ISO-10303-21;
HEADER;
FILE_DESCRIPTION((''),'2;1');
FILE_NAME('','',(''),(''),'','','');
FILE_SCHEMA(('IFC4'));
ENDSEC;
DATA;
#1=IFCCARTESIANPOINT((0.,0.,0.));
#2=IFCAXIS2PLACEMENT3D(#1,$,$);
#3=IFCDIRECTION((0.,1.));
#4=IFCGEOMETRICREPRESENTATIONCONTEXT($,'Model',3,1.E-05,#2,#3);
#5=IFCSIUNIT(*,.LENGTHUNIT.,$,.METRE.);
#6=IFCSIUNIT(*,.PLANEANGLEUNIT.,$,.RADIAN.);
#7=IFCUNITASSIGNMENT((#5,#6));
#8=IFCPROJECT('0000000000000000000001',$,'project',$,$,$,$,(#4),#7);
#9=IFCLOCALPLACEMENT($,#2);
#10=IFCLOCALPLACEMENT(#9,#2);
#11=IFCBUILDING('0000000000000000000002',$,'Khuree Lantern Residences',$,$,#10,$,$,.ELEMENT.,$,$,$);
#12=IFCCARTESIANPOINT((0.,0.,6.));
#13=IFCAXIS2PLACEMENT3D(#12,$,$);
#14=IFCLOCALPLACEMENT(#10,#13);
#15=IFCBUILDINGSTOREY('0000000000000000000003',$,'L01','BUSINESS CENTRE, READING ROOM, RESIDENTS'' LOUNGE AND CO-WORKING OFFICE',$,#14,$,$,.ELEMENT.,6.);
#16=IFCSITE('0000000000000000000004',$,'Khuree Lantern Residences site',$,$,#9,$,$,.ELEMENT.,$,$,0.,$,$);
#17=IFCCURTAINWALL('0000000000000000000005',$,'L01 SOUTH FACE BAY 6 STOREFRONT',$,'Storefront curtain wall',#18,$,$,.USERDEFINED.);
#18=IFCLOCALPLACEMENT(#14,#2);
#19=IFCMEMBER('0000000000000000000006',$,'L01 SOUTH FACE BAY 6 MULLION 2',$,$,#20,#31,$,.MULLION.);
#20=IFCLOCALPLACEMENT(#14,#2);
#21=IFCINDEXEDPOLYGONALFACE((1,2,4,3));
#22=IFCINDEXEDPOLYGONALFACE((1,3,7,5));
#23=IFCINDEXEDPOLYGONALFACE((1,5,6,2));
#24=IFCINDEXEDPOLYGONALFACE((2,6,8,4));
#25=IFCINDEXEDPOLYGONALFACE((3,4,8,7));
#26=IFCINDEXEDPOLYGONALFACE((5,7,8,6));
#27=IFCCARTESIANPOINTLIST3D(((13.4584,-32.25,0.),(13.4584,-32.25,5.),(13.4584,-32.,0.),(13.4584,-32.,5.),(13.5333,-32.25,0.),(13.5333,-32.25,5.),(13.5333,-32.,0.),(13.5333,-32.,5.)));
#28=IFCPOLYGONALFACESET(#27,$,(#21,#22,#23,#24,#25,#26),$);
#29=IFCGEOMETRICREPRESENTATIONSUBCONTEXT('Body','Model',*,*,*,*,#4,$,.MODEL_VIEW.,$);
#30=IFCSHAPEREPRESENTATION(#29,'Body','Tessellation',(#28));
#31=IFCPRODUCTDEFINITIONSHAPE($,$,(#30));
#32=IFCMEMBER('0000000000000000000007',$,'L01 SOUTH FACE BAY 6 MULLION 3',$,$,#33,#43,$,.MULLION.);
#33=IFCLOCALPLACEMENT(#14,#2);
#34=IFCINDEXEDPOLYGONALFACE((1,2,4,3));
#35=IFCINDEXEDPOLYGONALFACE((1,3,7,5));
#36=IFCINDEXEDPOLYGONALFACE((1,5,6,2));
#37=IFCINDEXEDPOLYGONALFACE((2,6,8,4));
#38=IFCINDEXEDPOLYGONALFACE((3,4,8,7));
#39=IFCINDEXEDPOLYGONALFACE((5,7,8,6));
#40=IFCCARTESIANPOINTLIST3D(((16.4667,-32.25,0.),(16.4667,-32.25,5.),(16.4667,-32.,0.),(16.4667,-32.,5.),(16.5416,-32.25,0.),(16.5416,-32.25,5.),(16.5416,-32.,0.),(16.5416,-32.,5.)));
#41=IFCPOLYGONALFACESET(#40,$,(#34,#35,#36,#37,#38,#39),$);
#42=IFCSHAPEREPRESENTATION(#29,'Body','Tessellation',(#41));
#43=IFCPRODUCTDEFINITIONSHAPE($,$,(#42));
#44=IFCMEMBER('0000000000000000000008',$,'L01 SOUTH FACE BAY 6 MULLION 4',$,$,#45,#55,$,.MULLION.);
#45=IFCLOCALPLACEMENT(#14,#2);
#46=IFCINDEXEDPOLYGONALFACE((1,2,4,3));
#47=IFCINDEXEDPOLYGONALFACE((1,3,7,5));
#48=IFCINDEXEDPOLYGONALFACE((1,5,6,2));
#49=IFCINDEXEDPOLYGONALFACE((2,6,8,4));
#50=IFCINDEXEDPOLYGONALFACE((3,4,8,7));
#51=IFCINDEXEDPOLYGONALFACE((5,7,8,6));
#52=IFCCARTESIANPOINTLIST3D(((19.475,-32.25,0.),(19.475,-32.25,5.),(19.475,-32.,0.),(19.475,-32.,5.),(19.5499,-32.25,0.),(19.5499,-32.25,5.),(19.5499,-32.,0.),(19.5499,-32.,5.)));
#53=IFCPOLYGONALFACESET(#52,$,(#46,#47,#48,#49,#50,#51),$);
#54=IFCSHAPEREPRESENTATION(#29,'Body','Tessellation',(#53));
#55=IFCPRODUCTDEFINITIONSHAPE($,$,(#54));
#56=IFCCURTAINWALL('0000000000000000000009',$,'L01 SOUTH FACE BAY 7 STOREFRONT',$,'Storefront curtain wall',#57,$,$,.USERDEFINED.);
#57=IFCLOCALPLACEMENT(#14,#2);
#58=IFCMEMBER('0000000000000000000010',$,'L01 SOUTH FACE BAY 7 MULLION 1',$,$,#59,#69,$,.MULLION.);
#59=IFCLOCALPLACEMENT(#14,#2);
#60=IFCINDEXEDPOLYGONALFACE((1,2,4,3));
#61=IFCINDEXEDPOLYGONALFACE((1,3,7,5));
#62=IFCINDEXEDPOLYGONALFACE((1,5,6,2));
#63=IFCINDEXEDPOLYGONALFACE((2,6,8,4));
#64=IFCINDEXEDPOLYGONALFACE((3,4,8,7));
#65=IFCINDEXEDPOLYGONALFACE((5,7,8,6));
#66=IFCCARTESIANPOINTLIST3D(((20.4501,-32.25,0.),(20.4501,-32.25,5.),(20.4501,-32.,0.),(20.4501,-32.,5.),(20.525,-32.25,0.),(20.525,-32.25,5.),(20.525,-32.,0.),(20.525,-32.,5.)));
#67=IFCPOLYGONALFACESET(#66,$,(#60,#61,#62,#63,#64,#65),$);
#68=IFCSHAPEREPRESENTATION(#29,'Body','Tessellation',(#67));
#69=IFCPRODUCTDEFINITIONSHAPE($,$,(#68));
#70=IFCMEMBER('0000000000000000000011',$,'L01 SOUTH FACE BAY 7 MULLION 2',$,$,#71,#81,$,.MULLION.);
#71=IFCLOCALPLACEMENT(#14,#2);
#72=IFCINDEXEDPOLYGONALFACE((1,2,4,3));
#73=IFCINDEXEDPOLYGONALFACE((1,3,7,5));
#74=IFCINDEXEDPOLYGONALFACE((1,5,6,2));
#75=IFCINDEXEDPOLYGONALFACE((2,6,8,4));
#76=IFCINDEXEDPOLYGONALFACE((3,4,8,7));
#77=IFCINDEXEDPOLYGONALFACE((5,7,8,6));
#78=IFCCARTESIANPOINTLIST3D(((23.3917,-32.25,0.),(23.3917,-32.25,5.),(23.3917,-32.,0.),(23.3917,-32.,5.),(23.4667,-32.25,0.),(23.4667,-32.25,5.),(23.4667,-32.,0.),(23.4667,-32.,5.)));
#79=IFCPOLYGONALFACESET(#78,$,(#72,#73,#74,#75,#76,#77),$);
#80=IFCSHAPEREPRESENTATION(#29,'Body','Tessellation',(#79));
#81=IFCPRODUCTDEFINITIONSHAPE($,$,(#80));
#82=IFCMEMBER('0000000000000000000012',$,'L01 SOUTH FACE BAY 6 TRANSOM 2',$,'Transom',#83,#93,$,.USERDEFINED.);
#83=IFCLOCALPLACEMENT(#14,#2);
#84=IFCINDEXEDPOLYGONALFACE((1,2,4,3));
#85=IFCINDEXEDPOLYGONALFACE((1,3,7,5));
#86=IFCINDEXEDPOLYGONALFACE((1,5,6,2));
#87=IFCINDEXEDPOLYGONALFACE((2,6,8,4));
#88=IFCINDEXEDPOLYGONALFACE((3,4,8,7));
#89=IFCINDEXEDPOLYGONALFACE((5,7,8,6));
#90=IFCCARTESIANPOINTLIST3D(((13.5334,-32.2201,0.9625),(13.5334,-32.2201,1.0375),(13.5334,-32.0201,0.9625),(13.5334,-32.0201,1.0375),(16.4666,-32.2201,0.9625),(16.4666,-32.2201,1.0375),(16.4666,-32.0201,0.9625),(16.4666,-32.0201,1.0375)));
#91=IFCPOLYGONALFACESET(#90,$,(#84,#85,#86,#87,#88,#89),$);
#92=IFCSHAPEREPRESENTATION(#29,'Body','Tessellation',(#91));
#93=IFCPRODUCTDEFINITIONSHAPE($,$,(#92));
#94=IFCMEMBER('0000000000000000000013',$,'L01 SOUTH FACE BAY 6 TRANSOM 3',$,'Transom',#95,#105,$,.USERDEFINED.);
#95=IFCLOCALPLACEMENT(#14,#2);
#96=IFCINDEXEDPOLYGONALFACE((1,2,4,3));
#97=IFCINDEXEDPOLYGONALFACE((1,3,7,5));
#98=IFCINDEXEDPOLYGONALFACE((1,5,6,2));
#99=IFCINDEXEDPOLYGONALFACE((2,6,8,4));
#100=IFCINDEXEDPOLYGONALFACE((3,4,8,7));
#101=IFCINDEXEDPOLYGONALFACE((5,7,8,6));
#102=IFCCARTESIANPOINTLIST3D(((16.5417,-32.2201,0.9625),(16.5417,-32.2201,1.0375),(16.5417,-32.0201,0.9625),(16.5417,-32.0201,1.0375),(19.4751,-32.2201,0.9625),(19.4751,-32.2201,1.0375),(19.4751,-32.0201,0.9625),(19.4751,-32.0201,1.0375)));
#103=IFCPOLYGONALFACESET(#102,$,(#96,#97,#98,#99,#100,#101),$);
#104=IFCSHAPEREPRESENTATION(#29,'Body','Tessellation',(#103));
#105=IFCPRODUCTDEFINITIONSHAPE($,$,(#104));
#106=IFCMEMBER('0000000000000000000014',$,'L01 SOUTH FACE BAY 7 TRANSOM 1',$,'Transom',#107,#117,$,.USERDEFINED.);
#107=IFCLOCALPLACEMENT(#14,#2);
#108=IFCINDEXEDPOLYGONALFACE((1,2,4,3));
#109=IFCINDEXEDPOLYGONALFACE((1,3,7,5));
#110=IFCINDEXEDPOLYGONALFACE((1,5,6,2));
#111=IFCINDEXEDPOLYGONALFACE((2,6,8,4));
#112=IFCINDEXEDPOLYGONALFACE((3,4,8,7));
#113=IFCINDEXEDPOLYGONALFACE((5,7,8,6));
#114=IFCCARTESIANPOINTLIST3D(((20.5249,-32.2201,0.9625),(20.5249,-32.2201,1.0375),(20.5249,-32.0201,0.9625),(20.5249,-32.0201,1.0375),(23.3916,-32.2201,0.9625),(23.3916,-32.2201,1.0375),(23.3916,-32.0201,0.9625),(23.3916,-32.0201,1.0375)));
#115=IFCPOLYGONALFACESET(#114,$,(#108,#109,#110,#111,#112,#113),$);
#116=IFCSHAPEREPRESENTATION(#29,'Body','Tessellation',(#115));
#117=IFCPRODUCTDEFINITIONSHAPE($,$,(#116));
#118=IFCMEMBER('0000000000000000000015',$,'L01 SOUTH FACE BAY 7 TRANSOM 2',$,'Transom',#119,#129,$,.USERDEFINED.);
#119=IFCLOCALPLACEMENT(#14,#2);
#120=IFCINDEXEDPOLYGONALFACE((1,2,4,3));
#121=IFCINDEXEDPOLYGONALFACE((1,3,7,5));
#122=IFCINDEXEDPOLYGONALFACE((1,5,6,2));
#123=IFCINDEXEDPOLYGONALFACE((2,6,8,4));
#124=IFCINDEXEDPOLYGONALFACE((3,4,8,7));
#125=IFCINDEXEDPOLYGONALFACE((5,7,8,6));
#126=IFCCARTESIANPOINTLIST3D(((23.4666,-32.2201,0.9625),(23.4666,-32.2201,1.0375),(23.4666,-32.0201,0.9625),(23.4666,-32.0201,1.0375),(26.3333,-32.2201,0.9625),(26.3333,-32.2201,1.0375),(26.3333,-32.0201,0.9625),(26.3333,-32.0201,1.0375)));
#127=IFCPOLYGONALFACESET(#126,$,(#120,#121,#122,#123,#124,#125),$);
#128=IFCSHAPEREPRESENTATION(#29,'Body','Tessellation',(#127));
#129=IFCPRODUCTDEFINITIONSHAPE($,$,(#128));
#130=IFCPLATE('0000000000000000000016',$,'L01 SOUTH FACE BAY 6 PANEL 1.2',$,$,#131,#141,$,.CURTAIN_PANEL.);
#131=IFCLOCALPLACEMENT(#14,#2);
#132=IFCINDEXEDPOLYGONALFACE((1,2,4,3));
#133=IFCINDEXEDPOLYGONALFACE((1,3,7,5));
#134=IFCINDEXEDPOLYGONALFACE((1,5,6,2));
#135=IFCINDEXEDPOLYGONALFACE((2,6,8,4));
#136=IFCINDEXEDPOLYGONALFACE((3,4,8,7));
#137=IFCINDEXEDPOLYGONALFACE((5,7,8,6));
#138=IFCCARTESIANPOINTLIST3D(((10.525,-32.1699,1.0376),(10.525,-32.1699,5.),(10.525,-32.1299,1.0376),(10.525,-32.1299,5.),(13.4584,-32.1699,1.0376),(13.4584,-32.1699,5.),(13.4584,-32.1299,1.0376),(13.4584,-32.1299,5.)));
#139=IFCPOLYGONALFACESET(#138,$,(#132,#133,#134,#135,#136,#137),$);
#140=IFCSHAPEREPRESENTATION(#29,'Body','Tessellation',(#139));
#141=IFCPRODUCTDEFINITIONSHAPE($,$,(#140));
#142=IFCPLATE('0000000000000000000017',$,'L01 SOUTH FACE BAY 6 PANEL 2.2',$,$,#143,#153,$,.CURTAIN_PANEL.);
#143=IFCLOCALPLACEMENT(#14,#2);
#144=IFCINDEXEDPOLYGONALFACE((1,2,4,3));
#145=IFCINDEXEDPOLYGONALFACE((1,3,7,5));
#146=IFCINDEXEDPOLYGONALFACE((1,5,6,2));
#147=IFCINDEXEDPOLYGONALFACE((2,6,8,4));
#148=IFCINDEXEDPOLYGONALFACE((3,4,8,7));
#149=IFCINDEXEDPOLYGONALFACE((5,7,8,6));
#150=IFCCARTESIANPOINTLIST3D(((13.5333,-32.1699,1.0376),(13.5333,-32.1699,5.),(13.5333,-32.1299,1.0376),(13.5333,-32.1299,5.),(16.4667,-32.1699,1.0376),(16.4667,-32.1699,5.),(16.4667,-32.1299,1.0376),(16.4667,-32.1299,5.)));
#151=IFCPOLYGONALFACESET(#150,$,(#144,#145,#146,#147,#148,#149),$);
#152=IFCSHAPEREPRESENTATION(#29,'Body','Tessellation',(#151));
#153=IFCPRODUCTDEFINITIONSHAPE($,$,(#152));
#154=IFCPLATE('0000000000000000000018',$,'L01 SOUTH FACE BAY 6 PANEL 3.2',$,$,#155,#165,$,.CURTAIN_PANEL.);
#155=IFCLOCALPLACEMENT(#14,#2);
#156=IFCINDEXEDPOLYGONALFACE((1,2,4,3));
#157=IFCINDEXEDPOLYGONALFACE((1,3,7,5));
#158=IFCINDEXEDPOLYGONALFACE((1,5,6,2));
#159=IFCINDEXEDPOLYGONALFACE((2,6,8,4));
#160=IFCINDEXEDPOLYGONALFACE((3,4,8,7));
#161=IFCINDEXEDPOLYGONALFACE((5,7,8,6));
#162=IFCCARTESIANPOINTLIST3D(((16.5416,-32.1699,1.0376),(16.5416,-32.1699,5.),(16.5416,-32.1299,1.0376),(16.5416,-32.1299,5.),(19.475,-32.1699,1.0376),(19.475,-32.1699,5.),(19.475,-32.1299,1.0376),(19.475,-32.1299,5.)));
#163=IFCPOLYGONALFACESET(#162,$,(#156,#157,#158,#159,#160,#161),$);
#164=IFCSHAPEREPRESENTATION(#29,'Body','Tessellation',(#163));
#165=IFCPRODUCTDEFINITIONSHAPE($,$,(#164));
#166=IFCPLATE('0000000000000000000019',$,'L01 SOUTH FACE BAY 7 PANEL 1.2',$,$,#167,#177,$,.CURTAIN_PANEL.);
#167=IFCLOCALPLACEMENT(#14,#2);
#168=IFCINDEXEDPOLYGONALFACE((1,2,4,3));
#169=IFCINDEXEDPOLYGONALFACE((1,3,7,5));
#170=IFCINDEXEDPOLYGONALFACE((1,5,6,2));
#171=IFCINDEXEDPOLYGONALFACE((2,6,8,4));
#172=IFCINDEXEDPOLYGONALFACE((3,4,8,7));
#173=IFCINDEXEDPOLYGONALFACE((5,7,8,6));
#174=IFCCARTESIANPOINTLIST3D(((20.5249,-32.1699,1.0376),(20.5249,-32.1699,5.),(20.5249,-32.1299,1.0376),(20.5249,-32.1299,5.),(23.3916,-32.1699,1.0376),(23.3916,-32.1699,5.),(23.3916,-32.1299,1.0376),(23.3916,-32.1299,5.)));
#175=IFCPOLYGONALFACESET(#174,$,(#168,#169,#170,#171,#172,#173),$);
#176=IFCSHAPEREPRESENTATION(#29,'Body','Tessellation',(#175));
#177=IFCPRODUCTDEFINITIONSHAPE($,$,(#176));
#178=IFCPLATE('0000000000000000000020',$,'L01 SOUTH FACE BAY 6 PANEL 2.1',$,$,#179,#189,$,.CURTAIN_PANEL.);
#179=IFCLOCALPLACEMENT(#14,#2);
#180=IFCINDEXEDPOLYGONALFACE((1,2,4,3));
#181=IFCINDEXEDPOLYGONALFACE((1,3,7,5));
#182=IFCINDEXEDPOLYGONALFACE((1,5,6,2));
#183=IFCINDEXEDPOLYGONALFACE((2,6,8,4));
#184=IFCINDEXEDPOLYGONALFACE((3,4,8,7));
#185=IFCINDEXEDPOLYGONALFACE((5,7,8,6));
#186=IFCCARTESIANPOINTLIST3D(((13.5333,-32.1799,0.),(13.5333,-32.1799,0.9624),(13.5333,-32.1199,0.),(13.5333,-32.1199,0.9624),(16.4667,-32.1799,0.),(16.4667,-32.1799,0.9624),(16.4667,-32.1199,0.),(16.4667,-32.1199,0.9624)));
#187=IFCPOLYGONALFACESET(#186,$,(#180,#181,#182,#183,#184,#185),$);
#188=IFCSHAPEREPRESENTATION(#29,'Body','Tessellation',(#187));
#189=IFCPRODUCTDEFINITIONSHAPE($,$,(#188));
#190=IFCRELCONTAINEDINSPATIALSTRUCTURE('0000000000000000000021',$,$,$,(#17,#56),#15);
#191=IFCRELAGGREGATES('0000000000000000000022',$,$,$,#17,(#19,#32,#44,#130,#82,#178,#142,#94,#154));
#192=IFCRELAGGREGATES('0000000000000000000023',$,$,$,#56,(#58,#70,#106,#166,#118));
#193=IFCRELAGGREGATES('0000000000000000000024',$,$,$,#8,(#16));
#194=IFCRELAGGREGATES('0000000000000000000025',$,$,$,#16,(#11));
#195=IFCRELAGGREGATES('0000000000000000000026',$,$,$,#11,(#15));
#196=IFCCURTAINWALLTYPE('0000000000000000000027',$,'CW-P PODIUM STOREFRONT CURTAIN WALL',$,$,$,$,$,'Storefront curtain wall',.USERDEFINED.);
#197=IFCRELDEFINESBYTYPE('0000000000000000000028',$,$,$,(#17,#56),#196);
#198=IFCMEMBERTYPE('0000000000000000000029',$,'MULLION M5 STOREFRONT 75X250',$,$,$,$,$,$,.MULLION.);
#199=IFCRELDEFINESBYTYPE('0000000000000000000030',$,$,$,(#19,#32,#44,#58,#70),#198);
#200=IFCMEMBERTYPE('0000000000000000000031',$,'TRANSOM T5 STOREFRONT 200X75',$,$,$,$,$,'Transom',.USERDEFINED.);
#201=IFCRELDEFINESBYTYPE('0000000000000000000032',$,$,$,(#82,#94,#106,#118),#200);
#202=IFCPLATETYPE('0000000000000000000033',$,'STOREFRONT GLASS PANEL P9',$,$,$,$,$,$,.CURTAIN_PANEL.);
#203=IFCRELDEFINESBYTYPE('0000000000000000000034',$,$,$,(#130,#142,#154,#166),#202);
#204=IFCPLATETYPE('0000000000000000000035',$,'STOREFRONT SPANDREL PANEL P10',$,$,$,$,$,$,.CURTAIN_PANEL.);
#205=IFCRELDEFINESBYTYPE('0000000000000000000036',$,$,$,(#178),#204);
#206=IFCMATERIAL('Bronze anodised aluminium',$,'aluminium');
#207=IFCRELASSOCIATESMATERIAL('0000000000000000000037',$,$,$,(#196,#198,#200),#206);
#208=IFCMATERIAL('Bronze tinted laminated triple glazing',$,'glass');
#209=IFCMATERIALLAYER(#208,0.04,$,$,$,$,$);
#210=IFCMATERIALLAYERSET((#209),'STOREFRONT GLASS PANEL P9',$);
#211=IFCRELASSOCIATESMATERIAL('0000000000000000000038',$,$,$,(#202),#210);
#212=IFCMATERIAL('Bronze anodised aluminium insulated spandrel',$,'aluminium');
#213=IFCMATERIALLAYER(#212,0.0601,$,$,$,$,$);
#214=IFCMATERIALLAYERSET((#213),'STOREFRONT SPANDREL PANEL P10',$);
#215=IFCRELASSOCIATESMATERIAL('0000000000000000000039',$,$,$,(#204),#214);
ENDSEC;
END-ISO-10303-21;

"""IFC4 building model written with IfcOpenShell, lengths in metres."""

from ifc_helpers import new_model, si_unit, direction, frame, origin, origin_2d, place, context, subcontext, project, spatial, rectangle, extrude, material, layer, layer_set, material_profile, profile_set, type_object, element, aggregate, save


model = new_model("IFC4")

# Units and contexts
model_context = context("Model", 3, precision=1e-05, world=origin(), true_north=direction((0.0, 1.0)))
body_context = subcontext(model_context, "Body", "Model", "MODEL_VIEW")
ifc_project = project(units=[si_unit("LENGTHUNIT", "METRE"), si_unit("PLANEANGLEUNIT", "RADIAN")], contexts=[model_context])

# Site, building, storey
site_placement = place(None, origin())
site = spatial("IfcSite", under=ifc_project, at=site_placement, Name="Khuree Lantern Residences site", CompositionType="ELEMENT", RefElevation=0.0)
building_placement = place(site_placement, origin())
building = spatial("IfcBuilding", under=site, at=building_placement, Name="Khuree Lantern Residences", CompositionType="ELEMENT")
storey_placement = place(building_placement, frame((0.0, 0.0, 6.0)))
storey = spatial("IfcBuildingStorey", under=building, at=storey_placement, Name="L01", Description="BUSINESS CENTRE, READING ROOM, RESIDENTS' LOUNGE AND CO-WORKING OFFICE", CompositionType="ELEMENT", Elevation=6.0)

# Curtain walls, members
ifc_material_1 = material(Name="Bronze anodised aluminium", Category="aluminium")
curtain_wall_type = type_object("IfcCurtainWallType", Name="CW-P PODIUM STOREFRONT CURTAIN WALL", ElementType="Storefront curtain wall", PredefinedType="USERDEFINED", material=ifc_material_1)
curtain_wall_1_placement = place(storey_placement, origin())
curtain_wall_1 = element("IfcCurtainWall", 1, at=curtain_wall_1_placement, inside=storey, type_object=curtain_wall_type, Name="L01 SOUTH FACE BAY 6 STOREFRONT", ObjectType="Storefront curtain wall", PredefinedType="USERDEFINED")
ifc_material_profile_1 = material_profile(ifc_material_1, rectangle(XDim=0.075, YDim=0.25, at=origin_2d()), Name="M5 75X250")
ifc_profile_set_1 = profile_set([ifc_material_profile_1], Name="Bronze anodised aluminium")
member_type_1 = type_object("IfcMemberType", Name="MULLION M5 STOREFRONT 75X250", PredefinedType="MULLION", material=ifc_profile_set_1)
member_1_placement = place(storey_placement, frame((13.4958, -32.125, 0.0), z_axis=(0.0, 0.0, 1.0), x_axis=(1.0, 0.0, 0.0)))
member_1 = element("IfcMember", 2, at=member_1_placement, type_object=member_type_1, Name="L01 SOUTH FACE BAY 6 MULLION 2", PredefinedType="MULLION", context=body_context, shape_type="SweptSolid", body=[
    extrude(rectangle(XDim=0.075, YDim=0.25, at=origin_2d()), origin(), (0.0, 0.0, 1.0), 5.0),
])
member_2_placement = place(storey_placement, frame((16.5042, -32.125, 0.0), z_axis=(0.0, 0.0, 1.0), x_axis=(1.0, 0.0, 0.0)))
member_2 = element("IfcMember", 3, at=member_2_placement, type_object=member_type_1, Name="L01 SOUTH FACE BAY 6 MULLION 3", PredefinedType="MULLION", context=body_context, shape_type="SweptSolid", body=[
    extrude(rectangle(XDim=0.075, YDim=0.25, at=origin_2d()), origin(), (0.0, 0.0, 1.0), 5.0),
])
member_3_placement = place(storey_placement, frame((19.5125, -32.125, 0.0), z_axis=(0.0, 0.0, 1.0), x_axis=(1.0, 0.0, 0.0)))
member_3 = element("IfcMember", 4, at=member_3_placement, type_object=member_type_1, Name="L01 SOUTH FACE BAY 6 MULLION 4", PredefinedType="MULLION", context=body_context, shape_type="SweptSolid", body=[
    extrude(rectangle(XDim=0.075, YDim=0.25, at=origin_2d()), origin(), (0.0, 0.0, 1.0), 5.0),
])
curtain_wall_2_placement = place(storey_placement, origin())
curtain_wall_2 = element("IfcCurtainWall", 5, at=curtain_wall_2_placement, inside=storey, type_object=curtain_wall_type, Name="L01 SOUTH FACE BAY 7 STOREFRONT", ObjectType="Storefront curtain wall", PredefinedType="USERDEFINED")
member_4_placement = place(storey_placement, frame((20.4875, -32.125, 0.0), z_axis=(0.0, 0.0, 1.0), x_axis=(1.0, 0.0, 0.0)))
member_4 = element("IfcMember", 6, at=member_4_placement, type_object=member_type_1, Name="L01 SOUTH FACE BAY 7 MULLION 1", PredefinedType="MULLION", context=body_context, shape_type="SweptSolid", body=[
    extrude(rectangle(XDim=0.075, YDim=0.25, at=origin_2d()), origin(), (0.0, 0.0, 1.0), 5.0),
])
member_5_placement = place(storey_placement, frame((23.4292, -32.125, 0.0), z_axis=(0.0, 0.0, 1.0), x_axis=(1.0, 0.0, 0.0)))
member_5 = element("IfcMember", 7, at=member_5_placement, type_object=member_type_1, Name="L01 SOUTH FACE BAY 7 MULLION 2", PredefinedType="MULLION", context=body_context, shape_type="SweptSolid", body=[
    extrude(rectangle(XDim=0.075, YDim=0.25, at=origin_2d()), origin(), (0.0, 0.0, 1.0), 5.0),
])

# Members
ifc_material_profile_2 = material_profile(ifc_material_1, rectangle(XDim=0.2, YDim=0.075, at=origin_2d()), Name="T5 200X75")
ifc_profile_set_2 = profile_set([ifc_material_profile_2], Name="Bronze anodised aluminium")
member_type_2 = type_object("IfcMemberType", Name="TRANSOM T5 STOREFRONT 200X75", ElementType="Transom", PredefinedType="USERDEFINED", material=ifc_profile_set_2)
member_6_placement = place(storey_placement, frame((13.5334, -32.1201, 1.0), z_axis=(1.0, 0.0, 0.0), x_axis=(0.0, 1.0, 0.0)))
member_6 = element("IfcMember", 8, at=member_6_placement, type_object=member_type_2, Name="L01 SOUTH FACE BAY 6 TRANSOM 2", ObjectType="Transom", PredefinedType="USERDEFINED", context=body_context, shape_type="SweptSolid", body=[
    extrude(rectangle(XDim=0.2, YDim=0.075, at=origin_2d()), origin(), (0.0, 0.0, 1.0), 2.9331),
])
member_7_placement = place(storey_placement, frame((16.5417, -32.1201, 1.0), z_axis=(1.0, 0.0, 0.0), x_axis=(0.0, 1.0, 0.0)))
member_7 = element("IfcMember", 9, at=member_7_placement, type_object=member_type_2, Name="L01 SOUTH FACE BAY 6 TRANSOM 3", ObjectType="Transom", PredefinedType="USERDEFINED", context=body_context, shape_type="SweptSolid", body=[
    extrude(rectangle(XDim=0.2, YDim=0.075, at=origin_2d()), origin(), (0.0, 0.0, 1.0), 2.9333),
])
member_8_placement = place(storey_placement, frame((20.5249, -32.1201, 1.0), z_axis=(1.0, 0.0, 0.0), x_axis=(0.0, 1.0, 0.0)))
member_8 = element("IfcMember", 10, at=member_8_placement, type_object=member_type_2, Name="L01 SOUTH FACE BAY 7 TRANSOM 1", ObjectType="Transom", PredefinedType="USERDEFINED", context=body_context, shape_type="SweptSolid", body=[
    extrude(rectangle(XDim=0.2, YDim=0.075, at=origin_2d()), origin(), (0.0, 0.0, 1.0), 2.8667),
])
member_9_placement = place(storey_placement, frame((23.4666, -32.1201, 1.0), z_axis=(1.0, 0.0, 0.0), x_axis=(0.0, 1.0, 0.0)))
member_9 = element("IfcMember", 11, at=member_9_placement, type_object=member_type_2, Name="L01 SOUTH FACE BAY 7 TRANSOM 2", ObjectType="Transom", PredefinedType="USERDEFINED", context=body_context, shape_type="SweptSolid", body=[
    extrude(rectangle(XDim=0.2, YDim=0.075, at=origin_2d()), origin(), (0.0, 0.0, 1.0), 2.8667),
])

# Plates
ifc_material_2 = material(Name="Bronze tinted laminated triple glazing", Category="glass")
ifc_layer_1 = layer(ifc_material_2, 0.04)
ifc_layer_set_1 = layer_set([ifc_layer_1], Name="STOREFRONT GLASS PANEL P9")
plate_type_1 = type_object("IfcPlateType", Name="STOREFRONT GLASS PANEL P9", PredefinedType="CURTAIN_PANEL", material=ifc_layer_set_1)
plate_1_placement = place(storey_placement, frame((11.9917, -32.1499, 1.0376), z_axis=(0.0, 0.0, 1.0), x_axis=(1.0, 0.0, 0.0)))
plate_1 = element("IfcPlate", 12, at=plate_1_placement, type_object=plate_type_1, Name="L01 SOUTH FACE BAY 6 PANEL 1.2", PredefinedType="CURTAIN_PANEL", context=body_context, shape_type="SweptSolid", body=[
    extrude(rectangle(XDim=2.9333, YDim=0.04, at=origin_2d()), origin(), (0.0, 0.0, 1.0), 3.9624),
])
plate_2_placement = place(storey_placement, frame((15.0, -32.1499, 1.0376), z_axis=(0.0, 0.0, 1.0), x_axis=(1.0, 0.0, 0.0)))
plate_2 = element("IfcPlate", 13, at=plate_2_placement, type_object=plate_type_1, Name="L01 SOUTH FACE BAY 6 PANEL 2.2", PredefinedType="CURTAIN_PANEL", context=body_context, shape_type="SweptSolid", body=[
    extrude(rectangle(XDim=2.9333, YDim=0.04, at=origin_2d()), origin(), (0.0, 0.0, 1.0), 3.9624),
])
plate_3_placement = place(storey_placement, frame((18.0083, -32.1499, 1.0376), z_axis=(0.0, 0.0, 1.0), x_axis=(1.0, 0.0, 0.0)))
plate_3 = element("IfcPlate", 14, at=plate_3_placement, type_object=plate_type_1, Name="L01 SOUTH FACE BAY 6 PANEL 3.2", PredefinedType="CURTAIN_PANEL", context=body_context, shape_type="SweptSolid", body=[
    extrude(rectangle(XDim=2.9333, YDim=0.04, at=origin_2d()), origin(), (0.0, 0.0, 1.0), 3.9624),
])
plate_4_placement = place(storey_placement, frame((21.9583, -32.1499, 1.0376), z_axis=(0.0, 0.0, 1.0), x_axis=(1.0, 0.0, 0.0)))
plate_4 = element("IfcPlate", 15, at=plate_4_placement, type_object=plate_type_1, Name="L01 SOUTH FACE BAY 7 PANEL 1.2", PredefinedType="CURTAIN_PANEL", context=body_context, shape_type="SweptSolid", body=[
    extrude(rectangle(XDim=2.8667, YDim=0.04, at=origin_2d()), origin(), (0.0, 0.0, 1.0), 3.9624),
])
ifc_material_3 = material(Name="Bronze anodised aluminium insulated spandrel", Category="aluminium")
ifc_layer_2 = layer(ifc_material_3, 0.0601)
ifc_layer_set_2 = layer_set([ifc_layer_2], Name="STOREFRONT SPANDREL PANEL P10")
plate_type_2 = type_object("IfcPlateType", Name="STOREFRONT SPANDREL PANEL P10", PredefinedType="CURTAIN_PANEL", material=ifc_layer_set_2)
plate_5_placement = place(storey_placement, frame((15.0, -32.1499, 0.0), z_axis=(0.0, 0.0, 1.0), x_axis=(1.0, 0.0, 0.0)))
plate_5 = element("IfcPlate", 16, at=plate_5_placement, type_object=plate_type_2, Name="L01 SOUTH FACE BAY 6 PANEL 2.1", PredefinedType="CURTAIN_PANEL", context=body_context, shape_type="SweptSolid", body=[
    extrude(rectangle(XDim=2.9333, YDim=0.0601, at=origin_2d()), origin(), (0.0, 0.0, 1.0), 0.9624),
])
aggregate(curtain_wall_1, [member_1, member_2, member_3, plate_1, member_6, plate_5, plate_2, member_7, plate_3])
aggregate(curtain_wall_2, [member_4, member_5, member_8, plate_4, member_9])

save(model, "model.ifc")
